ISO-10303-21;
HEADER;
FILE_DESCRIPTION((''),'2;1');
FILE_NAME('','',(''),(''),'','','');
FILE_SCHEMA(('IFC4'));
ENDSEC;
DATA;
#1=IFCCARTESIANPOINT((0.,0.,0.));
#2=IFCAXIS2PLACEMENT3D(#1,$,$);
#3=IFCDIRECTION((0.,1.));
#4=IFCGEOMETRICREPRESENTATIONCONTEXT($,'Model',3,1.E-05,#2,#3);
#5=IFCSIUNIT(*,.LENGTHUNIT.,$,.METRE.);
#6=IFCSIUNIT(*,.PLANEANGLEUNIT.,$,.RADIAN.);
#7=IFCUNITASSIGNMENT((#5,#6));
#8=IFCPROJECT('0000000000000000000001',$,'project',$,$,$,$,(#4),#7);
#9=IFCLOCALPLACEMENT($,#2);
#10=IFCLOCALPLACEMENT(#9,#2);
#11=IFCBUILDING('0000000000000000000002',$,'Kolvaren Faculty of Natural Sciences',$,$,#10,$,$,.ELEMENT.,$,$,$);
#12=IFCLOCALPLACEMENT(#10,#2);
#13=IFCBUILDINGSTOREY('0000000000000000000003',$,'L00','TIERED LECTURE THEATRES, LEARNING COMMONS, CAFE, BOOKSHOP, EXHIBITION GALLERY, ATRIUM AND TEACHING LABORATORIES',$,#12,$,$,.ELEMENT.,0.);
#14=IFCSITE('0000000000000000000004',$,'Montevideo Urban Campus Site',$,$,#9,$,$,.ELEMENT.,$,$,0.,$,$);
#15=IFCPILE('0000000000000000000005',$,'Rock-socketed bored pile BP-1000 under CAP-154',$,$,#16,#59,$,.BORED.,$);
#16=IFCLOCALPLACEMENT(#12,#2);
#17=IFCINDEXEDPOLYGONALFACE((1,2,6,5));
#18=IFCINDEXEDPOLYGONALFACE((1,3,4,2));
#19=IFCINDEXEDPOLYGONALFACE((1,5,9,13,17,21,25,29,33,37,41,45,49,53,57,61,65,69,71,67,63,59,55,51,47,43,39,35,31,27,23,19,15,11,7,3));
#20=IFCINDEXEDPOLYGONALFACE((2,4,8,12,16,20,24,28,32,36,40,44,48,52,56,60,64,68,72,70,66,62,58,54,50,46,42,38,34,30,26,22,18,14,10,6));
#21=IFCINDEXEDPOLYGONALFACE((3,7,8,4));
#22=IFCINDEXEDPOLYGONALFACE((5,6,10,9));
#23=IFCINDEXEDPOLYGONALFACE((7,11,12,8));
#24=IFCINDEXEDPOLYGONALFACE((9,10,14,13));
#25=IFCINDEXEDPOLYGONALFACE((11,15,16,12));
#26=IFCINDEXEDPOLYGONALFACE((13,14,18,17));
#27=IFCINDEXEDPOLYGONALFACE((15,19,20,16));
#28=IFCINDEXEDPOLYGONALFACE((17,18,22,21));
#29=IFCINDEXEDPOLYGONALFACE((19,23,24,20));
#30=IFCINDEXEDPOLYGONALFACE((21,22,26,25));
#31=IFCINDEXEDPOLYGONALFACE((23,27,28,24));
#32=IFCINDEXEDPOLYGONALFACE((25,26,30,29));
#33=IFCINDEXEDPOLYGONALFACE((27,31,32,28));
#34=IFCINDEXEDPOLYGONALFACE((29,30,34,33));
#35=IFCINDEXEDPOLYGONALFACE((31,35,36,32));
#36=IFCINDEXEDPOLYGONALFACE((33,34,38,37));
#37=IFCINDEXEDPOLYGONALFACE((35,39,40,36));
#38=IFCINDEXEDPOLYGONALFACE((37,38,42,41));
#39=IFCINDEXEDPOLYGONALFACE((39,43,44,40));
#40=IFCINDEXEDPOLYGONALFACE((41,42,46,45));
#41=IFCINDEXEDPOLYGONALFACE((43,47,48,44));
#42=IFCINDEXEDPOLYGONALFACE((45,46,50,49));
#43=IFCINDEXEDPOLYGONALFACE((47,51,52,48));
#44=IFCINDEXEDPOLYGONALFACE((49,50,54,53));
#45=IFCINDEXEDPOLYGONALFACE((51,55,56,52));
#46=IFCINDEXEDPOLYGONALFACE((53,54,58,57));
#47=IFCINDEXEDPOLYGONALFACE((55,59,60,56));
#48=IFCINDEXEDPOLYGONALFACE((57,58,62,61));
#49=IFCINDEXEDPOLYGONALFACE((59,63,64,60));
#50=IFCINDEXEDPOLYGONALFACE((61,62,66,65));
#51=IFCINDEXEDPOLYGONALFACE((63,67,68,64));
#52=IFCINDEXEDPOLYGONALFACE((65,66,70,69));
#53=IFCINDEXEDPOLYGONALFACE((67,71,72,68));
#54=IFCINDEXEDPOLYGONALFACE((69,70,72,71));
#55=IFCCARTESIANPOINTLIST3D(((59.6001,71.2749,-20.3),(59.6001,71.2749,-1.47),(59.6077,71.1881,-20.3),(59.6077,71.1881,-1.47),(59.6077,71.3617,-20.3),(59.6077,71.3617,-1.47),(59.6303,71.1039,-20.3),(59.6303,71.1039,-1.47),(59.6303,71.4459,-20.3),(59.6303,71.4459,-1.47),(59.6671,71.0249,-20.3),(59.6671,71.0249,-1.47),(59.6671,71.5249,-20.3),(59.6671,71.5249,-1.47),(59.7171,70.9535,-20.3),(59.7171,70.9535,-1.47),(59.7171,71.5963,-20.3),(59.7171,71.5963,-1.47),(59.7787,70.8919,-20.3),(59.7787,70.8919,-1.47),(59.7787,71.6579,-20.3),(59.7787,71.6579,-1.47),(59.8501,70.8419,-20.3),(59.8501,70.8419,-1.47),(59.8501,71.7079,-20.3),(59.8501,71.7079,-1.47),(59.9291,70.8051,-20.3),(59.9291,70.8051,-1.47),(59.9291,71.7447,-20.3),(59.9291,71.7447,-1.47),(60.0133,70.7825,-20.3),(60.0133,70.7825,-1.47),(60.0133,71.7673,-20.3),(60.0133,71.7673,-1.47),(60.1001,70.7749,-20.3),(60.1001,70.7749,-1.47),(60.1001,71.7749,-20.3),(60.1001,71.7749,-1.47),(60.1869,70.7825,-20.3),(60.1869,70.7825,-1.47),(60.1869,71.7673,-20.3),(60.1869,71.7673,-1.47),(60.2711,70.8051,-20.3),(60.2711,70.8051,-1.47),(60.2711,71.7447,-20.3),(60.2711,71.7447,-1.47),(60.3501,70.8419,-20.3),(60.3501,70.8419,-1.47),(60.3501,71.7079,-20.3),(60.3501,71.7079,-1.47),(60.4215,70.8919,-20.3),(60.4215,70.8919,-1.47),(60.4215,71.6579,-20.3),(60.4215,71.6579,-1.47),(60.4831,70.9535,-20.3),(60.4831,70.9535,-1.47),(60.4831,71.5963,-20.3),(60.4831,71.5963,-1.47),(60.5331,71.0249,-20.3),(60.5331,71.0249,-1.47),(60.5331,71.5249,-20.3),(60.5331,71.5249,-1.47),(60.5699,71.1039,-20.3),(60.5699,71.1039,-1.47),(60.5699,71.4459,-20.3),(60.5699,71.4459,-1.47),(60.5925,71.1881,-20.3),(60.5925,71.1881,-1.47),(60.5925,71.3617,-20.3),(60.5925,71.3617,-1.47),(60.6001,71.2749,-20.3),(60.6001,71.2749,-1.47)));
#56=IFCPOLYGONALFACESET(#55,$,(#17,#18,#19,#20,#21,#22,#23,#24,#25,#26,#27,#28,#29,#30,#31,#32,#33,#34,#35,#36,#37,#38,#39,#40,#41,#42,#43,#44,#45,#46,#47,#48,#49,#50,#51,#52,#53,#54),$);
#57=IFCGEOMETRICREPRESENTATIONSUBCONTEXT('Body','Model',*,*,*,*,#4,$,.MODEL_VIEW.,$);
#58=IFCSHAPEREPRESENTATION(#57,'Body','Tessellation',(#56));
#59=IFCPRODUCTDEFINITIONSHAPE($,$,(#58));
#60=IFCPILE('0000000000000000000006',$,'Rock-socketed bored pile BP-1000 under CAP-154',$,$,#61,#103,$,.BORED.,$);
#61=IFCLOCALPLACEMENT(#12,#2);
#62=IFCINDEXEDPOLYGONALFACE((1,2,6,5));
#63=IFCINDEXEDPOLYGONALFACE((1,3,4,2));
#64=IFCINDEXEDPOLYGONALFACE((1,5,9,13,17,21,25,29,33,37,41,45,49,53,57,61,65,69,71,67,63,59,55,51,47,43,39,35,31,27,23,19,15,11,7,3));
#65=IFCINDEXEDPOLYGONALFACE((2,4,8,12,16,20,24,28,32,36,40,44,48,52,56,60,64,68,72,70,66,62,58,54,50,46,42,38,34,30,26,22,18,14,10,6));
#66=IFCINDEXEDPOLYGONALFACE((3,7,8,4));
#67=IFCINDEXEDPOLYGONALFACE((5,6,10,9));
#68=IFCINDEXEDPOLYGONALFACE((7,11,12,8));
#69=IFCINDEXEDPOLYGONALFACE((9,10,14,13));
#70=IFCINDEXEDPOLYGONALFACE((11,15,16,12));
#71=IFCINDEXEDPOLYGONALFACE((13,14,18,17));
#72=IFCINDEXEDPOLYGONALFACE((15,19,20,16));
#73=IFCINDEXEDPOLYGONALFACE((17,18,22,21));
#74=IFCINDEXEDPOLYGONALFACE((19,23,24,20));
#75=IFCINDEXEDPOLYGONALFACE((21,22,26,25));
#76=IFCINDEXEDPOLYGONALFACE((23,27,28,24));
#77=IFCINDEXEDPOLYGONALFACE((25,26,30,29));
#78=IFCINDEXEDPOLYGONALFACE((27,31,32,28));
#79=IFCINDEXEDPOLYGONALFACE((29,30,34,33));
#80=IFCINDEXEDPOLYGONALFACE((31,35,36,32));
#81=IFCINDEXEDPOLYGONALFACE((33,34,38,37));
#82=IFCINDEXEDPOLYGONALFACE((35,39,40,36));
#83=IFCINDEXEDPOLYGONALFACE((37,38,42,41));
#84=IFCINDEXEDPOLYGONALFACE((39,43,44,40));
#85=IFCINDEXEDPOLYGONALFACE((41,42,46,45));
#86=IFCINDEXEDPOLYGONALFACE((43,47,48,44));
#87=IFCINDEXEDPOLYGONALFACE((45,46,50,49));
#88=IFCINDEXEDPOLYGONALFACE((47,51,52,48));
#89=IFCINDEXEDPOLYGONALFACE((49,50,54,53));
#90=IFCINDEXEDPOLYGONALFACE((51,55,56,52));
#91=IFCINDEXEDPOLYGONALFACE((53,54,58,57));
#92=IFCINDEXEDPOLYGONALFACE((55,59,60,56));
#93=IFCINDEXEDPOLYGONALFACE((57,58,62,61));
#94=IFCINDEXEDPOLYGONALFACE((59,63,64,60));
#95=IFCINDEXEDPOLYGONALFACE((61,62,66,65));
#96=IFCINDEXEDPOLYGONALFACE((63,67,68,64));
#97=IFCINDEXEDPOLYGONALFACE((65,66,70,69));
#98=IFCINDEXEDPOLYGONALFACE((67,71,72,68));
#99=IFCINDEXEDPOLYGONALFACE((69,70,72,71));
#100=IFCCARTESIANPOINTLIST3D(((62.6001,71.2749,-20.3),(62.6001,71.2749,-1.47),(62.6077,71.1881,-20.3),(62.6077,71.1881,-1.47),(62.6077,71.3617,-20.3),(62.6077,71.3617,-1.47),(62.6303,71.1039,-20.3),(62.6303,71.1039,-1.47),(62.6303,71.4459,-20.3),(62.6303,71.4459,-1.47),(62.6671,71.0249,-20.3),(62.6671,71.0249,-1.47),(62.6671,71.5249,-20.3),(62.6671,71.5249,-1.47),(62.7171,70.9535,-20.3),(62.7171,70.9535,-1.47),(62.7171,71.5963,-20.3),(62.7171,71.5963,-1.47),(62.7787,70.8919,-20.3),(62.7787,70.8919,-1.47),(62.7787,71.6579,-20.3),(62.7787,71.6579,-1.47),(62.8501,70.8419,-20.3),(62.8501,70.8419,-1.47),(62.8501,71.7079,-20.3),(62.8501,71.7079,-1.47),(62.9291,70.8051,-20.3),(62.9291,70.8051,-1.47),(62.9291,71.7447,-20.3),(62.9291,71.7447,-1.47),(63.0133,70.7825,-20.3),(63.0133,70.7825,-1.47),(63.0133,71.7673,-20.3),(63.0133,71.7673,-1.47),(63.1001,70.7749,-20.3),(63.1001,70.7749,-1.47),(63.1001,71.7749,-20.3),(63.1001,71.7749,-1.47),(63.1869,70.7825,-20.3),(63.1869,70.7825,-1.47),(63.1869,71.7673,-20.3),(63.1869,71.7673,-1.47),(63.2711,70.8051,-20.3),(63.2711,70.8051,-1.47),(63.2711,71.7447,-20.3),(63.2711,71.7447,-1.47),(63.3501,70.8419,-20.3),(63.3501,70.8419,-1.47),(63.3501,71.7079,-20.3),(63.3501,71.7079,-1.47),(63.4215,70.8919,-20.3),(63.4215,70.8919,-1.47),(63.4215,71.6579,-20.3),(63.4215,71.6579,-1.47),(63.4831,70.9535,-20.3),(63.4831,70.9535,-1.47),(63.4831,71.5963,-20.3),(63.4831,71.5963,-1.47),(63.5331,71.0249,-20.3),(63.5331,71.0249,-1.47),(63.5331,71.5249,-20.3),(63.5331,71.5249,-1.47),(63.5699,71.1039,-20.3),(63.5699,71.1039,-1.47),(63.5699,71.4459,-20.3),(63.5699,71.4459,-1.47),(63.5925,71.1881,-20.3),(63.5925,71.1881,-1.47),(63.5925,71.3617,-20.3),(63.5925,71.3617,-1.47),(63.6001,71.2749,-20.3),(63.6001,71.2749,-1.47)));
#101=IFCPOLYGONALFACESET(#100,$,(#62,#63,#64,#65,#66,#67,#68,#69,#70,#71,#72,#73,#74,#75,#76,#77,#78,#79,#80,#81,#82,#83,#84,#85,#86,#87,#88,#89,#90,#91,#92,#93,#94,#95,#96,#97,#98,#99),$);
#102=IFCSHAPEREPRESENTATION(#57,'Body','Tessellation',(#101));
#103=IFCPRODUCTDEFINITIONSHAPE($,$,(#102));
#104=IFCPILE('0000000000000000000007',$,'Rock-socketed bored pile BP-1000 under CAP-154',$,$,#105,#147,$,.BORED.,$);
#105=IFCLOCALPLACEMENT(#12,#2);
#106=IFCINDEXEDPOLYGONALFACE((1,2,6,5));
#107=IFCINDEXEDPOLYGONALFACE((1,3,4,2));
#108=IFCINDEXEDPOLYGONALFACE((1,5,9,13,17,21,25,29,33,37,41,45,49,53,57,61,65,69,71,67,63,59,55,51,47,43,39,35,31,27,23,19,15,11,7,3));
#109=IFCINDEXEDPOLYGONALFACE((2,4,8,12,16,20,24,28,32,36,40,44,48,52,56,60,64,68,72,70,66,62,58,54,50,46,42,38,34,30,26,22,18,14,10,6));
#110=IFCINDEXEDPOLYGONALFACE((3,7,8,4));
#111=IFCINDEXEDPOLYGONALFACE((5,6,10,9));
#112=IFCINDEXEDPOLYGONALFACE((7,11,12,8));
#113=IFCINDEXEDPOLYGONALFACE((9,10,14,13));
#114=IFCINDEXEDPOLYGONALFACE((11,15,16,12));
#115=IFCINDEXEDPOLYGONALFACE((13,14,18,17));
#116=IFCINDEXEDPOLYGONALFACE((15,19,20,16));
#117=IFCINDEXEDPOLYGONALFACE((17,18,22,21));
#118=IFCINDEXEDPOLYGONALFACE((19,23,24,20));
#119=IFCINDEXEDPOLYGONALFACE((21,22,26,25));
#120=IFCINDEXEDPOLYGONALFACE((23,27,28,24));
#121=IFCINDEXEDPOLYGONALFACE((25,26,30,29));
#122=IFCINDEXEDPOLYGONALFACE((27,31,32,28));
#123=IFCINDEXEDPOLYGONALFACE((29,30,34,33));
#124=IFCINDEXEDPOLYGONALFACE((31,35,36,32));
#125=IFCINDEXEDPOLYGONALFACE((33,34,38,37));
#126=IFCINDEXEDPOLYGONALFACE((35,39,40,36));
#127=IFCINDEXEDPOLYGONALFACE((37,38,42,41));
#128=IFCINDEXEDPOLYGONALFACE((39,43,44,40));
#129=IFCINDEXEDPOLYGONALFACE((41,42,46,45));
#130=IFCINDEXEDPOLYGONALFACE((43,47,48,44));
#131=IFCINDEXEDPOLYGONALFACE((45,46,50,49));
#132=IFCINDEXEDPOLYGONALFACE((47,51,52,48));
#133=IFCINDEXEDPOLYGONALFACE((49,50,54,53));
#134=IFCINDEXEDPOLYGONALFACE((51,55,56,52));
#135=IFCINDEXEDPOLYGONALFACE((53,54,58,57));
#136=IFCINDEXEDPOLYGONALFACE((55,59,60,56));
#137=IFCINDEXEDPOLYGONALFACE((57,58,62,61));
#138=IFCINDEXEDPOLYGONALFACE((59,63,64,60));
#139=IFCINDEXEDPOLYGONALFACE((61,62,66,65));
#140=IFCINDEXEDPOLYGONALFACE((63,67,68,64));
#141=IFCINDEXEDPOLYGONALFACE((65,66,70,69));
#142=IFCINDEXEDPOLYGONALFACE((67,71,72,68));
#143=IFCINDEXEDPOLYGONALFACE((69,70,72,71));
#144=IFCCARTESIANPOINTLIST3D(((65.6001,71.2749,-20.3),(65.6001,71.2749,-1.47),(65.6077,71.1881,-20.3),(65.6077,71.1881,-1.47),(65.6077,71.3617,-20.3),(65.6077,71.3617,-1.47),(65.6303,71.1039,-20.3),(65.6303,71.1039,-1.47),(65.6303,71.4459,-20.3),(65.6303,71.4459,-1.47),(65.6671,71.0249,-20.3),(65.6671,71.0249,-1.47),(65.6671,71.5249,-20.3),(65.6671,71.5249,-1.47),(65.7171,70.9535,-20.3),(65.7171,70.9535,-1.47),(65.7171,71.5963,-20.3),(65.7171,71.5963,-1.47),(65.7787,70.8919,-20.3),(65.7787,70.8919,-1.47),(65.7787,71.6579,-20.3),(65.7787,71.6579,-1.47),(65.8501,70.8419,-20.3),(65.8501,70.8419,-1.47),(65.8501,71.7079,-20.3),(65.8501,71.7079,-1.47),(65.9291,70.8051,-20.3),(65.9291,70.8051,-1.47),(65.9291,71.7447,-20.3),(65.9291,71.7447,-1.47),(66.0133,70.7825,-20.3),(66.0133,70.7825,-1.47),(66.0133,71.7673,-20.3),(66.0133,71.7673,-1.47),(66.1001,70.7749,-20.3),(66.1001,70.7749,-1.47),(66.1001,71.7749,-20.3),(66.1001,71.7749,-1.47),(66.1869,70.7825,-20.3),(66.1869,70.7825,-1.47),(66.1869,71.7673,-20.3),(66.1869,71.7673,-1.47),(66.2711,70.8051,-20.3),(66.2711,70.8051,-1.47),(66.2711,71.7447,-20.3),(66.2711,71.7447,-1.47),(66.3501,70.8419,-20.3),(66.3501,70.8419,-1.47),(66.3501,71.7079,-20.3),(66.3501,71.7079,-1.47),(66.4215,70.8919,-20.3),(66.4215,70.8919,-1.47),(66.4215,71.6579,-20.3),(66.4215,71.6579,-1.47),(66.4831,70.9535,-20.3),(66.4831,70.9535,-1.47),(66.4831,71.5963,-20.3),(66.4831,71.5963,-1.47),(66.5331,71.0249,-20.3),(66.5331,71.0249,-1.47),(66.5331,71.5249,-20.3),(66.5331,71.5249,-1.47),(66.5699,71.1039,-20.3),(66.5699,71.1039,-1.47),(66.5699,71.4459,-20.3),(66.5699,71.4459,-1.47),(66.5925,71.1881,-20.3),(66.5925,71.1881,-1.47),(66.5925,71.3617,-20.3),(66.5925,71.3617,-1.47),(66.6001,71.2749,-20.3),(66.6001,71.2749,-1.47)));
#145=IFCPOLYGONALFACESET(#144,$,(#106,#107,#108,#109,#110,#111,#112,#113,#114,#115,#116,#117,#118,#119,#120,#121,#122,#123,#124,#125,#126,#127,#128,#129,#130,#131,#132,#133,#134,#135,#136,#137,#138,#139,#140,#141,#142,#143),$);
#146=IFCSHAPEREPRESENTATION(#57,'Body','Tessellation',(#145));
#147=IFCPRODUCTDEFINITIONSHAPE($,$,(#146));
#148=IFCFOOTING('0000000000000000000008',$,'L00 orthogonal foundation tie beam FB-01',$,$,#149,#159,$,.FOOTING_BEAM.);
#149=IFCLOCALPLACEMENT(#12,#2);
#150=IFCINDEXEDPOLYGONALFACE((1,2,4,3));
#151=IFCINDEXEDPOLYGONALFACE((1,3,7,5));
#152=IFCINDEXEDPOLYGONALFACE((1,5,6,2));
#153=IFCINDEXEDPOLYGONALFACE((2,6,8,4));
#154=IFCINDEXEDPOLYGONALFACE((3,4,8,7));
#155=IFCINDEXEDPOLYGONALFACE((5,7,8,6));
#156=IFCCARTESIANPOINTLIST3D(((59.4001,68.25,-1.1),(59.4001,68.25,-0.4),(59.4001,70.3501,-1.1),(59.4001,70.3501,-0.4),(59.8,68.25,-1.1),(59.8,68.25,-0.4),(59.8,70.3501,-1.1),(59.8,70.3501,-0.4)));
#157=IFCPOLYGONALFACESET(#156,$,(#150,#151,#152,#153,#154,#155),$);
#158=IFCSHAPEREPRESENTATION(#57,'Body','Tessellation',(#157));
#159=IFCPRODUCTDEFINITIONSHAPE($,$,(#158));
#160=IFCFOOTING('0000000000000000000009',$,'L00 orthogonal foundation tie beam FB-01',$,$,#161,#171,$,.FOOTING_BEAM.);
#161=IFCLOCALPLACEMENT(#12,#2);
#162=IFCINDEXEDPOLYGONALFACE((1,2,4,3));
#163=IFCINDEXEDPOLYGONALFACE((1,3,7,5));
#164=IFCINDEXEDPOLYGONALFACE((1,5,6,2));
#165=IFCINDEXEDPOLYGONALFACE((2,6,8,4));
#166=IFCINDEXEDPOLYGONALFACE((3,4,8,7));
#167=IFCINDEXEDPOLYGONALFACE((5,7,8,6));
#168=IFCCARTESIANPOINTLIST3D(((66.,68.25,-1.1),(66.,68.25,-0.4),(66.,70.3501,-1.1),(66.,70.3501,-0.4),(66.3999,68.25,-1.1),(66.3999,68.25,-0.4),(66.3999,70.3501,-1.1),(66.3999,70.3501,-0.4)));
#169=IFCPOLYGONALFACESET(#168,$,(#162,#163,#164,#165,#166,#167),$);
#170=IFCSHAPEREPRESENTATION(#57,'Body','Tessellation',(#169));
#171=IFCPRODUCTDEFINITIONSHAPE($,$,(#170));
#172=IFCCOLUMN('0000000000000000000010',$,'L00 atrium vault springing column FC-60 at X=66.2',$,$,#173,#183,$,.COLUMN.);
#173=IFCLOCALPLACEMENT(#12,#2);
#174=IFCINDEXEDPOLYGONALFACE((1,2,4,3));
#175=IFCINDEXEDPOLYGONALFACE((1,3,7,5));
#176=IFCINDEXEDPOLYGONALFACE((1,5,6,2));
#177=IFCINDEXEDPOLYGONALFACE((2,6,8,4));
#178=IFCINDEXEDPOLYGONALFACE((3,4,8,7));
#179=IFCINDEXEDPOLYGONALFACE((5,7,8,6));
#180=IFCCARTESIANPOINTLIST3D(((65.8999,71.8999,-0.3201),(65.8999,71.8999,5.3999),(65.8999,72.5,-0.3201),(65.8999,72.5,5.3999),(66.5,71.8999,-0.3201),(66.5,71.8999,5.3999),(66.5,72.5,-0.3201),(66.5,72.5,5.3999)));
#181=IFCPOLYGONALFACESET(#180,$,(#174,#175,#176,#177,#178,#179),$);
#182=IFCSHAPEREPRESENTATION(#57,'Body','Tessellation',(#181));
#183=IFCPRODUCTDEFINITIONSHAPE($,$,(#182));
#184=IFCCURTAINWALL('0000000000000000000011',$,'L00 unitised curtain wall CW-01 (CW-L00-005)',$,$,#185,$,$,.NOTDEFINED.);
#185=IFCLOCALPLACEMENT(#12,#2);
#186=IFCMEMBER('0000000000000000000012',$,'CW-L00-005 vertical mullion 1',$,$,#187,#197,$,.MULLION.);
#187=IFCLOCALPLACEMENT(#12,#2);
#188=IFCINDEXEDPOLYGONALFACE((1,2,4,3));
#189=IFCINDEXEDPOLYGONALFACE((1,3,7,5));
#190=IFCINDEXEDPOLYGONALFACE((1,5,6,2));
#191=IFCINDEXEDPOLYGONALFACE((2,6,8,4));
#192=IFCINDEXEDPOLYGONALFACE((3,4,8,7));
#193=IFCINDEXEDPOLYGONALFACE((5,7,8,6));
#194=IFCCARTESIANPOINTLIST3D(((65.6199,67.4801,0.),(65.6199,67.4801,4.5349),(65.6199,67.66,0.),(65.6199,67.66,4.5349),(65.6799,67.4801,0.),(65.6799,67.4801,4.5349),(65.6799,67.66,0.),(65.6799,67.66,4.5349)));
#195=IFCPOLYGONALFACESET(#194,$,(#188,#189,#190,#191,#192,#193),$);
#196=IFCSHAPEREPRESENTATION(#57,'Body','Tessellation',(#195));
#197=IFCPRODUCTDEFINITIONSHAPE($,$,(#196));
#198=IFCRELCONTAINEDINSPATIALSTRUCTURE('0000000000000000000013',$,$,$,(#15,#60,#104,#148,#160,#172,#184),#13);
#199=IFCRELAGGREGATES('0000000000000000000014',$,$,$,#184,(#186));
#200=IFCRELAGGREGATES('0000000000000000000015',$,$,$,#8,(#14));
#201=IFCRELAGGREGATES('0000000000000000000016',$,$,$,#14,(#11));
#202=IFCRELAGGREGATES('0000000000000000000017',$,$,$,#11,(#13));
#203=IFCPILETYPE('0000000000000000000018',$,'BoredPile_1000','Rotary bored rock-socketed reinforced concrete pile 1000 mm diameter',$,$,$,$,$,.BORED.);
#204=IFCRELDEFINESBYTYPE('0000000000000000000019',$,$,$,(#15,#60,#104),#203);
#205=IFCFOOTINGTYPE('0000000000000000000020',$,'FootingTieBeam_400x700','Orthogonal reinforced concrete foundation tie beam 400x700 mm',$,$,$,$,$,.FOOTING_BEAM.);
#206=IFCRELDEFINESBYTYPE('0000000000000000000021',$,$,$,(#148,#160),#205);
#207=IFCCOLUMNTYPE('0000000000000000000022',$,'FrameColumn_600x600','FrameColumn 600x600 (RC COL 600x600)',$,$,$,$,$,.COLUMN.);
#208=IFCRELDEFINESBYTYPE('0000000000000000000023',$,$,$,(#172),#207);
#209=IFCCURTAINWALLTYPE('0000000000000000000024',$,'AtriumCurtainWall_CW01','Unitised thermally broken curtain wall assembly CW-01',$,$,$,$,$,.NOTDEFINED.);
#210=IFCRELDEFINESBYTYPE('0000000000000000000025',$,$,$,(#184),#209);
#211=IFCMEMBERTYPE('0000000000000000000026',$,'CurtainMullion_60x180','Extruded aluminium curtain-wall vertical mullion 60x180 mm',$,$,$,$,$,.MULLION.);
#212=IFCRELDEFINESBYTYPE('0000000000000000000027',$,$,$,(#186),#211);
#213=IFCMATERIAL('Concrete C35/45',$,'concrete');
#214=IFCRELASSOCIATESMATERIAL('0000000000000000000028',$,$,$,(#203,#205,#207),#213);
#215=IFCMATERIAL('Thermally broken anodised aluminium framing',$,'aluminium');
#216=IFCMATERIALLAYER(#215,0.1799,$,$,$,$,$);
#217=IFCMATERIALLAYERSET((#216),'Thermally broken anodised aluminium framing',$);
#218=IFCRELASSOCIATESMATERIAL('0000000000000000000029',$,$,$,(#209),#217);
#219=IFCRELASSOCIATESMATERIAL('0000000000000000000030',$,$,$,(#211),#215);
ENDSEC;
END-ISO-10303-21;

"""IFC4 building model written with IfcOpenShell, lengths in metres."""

from ifc_helpers import new_model, si_unit, direction, frame, origin, origin_2d, place, context, subcontext, project, spatial, rectangle, circle, extrude, material, layer, layer_set, material_profile, profile_set, type_object, element, aggregate, save


model = new_model("IFC4")

# Units and contexts
model_context = context("Model", 3, precision=1e-05, world=origin(), true_north=direction((0.0, 1.0)))
body_context = subcontext(model_context, "Body", "Model", "MODEL_VIEW")
ifc_project = project(units=[si_unit("LENGTHUNIT", "METRE"), si_unit("PLANEANGLEUNIT", "RADIAN")], contexts=[model_context])

# Site, building, storey
site_placement = place(None, origin())
site = spatial("IfcSite", under=ifc_project, at=site_placement, Name="Montevideo Urban Campus Site", CompositionType="ELEMENT", RefElevation=0.0)
building_placement = place(site_placement, origin())
building = spatial("IfcBuilding", under=site, at=building_placement, Name="Kolvaren Faculty of Natural Sciences", CompositionType="ELEMENT")
storey_placement = place(building_placement, origin())
storey = spatial("IfcBuildingStorey", under=building, at=storey_placement, Name="L00", Description="TIERED LECTURE THEATRES, LEARNING COMMONS, CAFE, BOOKSHOP, EXHIBITION GALLERY, ATRIUM AND TEACHING LABORATORIES", CompositionType="ELEMENT", Elevation=0.0)

# Piles
ifc_material_1 = material(Name="Concrete C35/45", Category="concrete")
ifc_material_profile_1 = material_profile(ifc_material_1, circle(Radius=0.5, at=origin_2d()), Name="PILE D1000")
ifc_profile_set_1 = profile_set([ifc_material_profile_1], Name="Concrete C35/45")
pile_type = type_object("IfcPileType", Name="BoredPile_1000", Description="Rotary bored rock-socketed reinforced concrete pile 1000 mm diameter", PredefinedType="BORED", material=ifc_profile_set_1)
for number, where, z_axis, x_axis, name in (
    (1, (60.1001, 71.2749, -1.47), (0.0, 0.0, -1.0), (1.0, 0.0, 0.0), "Rock-socketed bored pile BP-1000 under CAP-154"),
    (2, (63.1001, 71.2749, -1.47), (0.0, 0.0, -1.0), (1.0, 0.0, 0.0), "Rock-socketed bored pile BP-1000 under CAP-154"),
    (3, (66.1001, 71.2749, -1.47), (0.0, 0.0, -1.0), (1.0, 0.0, 0.0), "Rock-socketed bored pile BP-1000 under CAP-154"),
):
    element("IfcPile", number, at=place(storey_placement, frame(where, z_axis=z_axis, x_axis=x_axis)), inside=storey, type_object=pile_type, Name=name, PredefinedType="BORED", context=body_context, shape_type="SweptSolid", body=[
        extrude(circle(Radius=0.5, at=origin_2d()), origin(), (0.0, 0.0, 1.0), 18.8301),
    ])

# Footings
ifc_material_profile_2 = material_profile(ifc_material_1, rectangle(XDim=0.3999, YDim=0.7, at=origin_2d()), Name="RC FB 400x700")
ifc_profile_set_2 = profile_set([ifc_material_profile_2], Name="Concrete C35/45")
footing_type = type_object("IfcFootingType", Name="FootingTieBeam_400x700", Description="Orthogonal reinforced concrete foundation tie beam 400x700 mm", PredefinedType="FOOTING_BEAM", material=ifc_profile_set_2)
for number, where, z_axis, x_axis, name in (
    (4, (59.6001, 68.25, -0.75), (0.0, 1.0, 0.0), (-1.0, 0.0, 0.0), "L00 orthogonal foundation tie beam FB-01"),
    (5, (66.2, 68.25, -0.75), (0.0, 1.0, 0.0), (-1.0, 0.0, 0.0), "L00 orthogonal foundation tie beam FB-01"),
):
    element("IfcFooting", number, at=place(storey_placement, frame(where, z_axis=z_axis, x_axis=x_axis)), inside=storey, type_object=footing_type, Name=name, PredefinedType="FOOTING_BEAM", context=body_context, shape_type="SweptSolid", body=[
        extrude(rectangle(XDim=0.3999, YDim=0.7, at=origin_2d()), origin(), (0.0, 0.0, 1.0), 2.1001),
    ])

# Column
ifc_material_profile_3 = material_profile(ifc_material_1, rectangle(XDim=0.6001, YDim=0.6001, at=origin_2d()), Name="RC COL 600x600")
ifc_profile_set_3 = profile_set([ifc_material_profile_3], Name="Concrete C35/45")
column_type = type_object("IfcColumnType", Name="FrameColumn_600x600", Description="FrameColumn 600x600 (RC COL 600x600)", PredefinedType="COLUMN", material=ifc_profile_set_3)
column_placement = place(storey_placement, frame((66.2, 72.2, -0.3201), z_axis=(0.0, 0.0, 1.0), x_axis=(1.0, 0.0, 0.0)))
element("IfcColumn", 6, at=column_placement, inside=storey, type_object=column_type, Name="L00 atrium vault springing column FC-60 at X=66.2", PredefinedType="COLUMN", context=body_context, shape_type="SweptSolid", body=[
    extrude(rectangle(XDim=0.6001, YDim=0.6001, at=origin_2d()), origin(), (0.0, 0.0, 1.0), 5.72),
])

# Curtain wall, member
ifc_material_2 = material(Name="Thermally broken anodised aluminium framing", Category="aluminium")
ifc_layer_1 = layer(ifc_material_2, 0.1799)
ifc_layer_set_1 = layer_set([ifc_layer_1], Name="Thermally broken anodised aluminium framing")
curtain_wall_type = type_object("IfcCurtainWallType", Name="AtriumCurtainWall_CW01", Description="Unitised thermally broken curtain wall assembly CW-01", PredefinedType="NOTDEFINED", material=ifc_layer_set_1)
curtain_wall_placement = place(storey_placement, origin())
curtain_wall = element("IfcCurtainWall", 7, at=curtain_wall_placement, inside=storey, type_object=curtain_wall_type, Name="L00 unitised curtain wall CW-01 (CW-L00-005)", PredefinedType="NOTDEFINED")
ifc_material_profile_4 = material_profile(ifc_material_2, rectangle(XDim=0.0601, YDim=0.1799, at=origin_2d()), Name="ALU MUL 60x180")
ifc_profile_set_4 = profile_set([ifc_material_profile_4], Name="Thermally broken anodised aluminium framing")
member_type_1 = type_object("IfcMemberType", Name="CurtainMullion_60x180", Description="Extruded aluminium curtain-wall vertical mullion 60x180 mm", PredefinedType="MULLION", material=ifc_profile_set_4)
member_1_placement = place(storey_placement, frame((65.6499, 67.5701, 0.0), z_axis=(0.0, 0.0, 1.0), x_axis=(-1.0, 0.0, 0.0)))
member_1 = element("IfcMember", 8, at=member_1_placement, type_object=member_type_1, Name="CW-L00-005 vertical mullion 1", PredefinedType="MULLION", context=body_context, shape_type="SweptSolid", body=[
    extrude(rectangle(XDim=0.0601, YDim=0.1799, at=origin_2d()), origin(), (0.0, 0.0, 1.0), 4.5349),
])

aggregate(curtain_wall, [member_1])

save(model, "model.ifc")
